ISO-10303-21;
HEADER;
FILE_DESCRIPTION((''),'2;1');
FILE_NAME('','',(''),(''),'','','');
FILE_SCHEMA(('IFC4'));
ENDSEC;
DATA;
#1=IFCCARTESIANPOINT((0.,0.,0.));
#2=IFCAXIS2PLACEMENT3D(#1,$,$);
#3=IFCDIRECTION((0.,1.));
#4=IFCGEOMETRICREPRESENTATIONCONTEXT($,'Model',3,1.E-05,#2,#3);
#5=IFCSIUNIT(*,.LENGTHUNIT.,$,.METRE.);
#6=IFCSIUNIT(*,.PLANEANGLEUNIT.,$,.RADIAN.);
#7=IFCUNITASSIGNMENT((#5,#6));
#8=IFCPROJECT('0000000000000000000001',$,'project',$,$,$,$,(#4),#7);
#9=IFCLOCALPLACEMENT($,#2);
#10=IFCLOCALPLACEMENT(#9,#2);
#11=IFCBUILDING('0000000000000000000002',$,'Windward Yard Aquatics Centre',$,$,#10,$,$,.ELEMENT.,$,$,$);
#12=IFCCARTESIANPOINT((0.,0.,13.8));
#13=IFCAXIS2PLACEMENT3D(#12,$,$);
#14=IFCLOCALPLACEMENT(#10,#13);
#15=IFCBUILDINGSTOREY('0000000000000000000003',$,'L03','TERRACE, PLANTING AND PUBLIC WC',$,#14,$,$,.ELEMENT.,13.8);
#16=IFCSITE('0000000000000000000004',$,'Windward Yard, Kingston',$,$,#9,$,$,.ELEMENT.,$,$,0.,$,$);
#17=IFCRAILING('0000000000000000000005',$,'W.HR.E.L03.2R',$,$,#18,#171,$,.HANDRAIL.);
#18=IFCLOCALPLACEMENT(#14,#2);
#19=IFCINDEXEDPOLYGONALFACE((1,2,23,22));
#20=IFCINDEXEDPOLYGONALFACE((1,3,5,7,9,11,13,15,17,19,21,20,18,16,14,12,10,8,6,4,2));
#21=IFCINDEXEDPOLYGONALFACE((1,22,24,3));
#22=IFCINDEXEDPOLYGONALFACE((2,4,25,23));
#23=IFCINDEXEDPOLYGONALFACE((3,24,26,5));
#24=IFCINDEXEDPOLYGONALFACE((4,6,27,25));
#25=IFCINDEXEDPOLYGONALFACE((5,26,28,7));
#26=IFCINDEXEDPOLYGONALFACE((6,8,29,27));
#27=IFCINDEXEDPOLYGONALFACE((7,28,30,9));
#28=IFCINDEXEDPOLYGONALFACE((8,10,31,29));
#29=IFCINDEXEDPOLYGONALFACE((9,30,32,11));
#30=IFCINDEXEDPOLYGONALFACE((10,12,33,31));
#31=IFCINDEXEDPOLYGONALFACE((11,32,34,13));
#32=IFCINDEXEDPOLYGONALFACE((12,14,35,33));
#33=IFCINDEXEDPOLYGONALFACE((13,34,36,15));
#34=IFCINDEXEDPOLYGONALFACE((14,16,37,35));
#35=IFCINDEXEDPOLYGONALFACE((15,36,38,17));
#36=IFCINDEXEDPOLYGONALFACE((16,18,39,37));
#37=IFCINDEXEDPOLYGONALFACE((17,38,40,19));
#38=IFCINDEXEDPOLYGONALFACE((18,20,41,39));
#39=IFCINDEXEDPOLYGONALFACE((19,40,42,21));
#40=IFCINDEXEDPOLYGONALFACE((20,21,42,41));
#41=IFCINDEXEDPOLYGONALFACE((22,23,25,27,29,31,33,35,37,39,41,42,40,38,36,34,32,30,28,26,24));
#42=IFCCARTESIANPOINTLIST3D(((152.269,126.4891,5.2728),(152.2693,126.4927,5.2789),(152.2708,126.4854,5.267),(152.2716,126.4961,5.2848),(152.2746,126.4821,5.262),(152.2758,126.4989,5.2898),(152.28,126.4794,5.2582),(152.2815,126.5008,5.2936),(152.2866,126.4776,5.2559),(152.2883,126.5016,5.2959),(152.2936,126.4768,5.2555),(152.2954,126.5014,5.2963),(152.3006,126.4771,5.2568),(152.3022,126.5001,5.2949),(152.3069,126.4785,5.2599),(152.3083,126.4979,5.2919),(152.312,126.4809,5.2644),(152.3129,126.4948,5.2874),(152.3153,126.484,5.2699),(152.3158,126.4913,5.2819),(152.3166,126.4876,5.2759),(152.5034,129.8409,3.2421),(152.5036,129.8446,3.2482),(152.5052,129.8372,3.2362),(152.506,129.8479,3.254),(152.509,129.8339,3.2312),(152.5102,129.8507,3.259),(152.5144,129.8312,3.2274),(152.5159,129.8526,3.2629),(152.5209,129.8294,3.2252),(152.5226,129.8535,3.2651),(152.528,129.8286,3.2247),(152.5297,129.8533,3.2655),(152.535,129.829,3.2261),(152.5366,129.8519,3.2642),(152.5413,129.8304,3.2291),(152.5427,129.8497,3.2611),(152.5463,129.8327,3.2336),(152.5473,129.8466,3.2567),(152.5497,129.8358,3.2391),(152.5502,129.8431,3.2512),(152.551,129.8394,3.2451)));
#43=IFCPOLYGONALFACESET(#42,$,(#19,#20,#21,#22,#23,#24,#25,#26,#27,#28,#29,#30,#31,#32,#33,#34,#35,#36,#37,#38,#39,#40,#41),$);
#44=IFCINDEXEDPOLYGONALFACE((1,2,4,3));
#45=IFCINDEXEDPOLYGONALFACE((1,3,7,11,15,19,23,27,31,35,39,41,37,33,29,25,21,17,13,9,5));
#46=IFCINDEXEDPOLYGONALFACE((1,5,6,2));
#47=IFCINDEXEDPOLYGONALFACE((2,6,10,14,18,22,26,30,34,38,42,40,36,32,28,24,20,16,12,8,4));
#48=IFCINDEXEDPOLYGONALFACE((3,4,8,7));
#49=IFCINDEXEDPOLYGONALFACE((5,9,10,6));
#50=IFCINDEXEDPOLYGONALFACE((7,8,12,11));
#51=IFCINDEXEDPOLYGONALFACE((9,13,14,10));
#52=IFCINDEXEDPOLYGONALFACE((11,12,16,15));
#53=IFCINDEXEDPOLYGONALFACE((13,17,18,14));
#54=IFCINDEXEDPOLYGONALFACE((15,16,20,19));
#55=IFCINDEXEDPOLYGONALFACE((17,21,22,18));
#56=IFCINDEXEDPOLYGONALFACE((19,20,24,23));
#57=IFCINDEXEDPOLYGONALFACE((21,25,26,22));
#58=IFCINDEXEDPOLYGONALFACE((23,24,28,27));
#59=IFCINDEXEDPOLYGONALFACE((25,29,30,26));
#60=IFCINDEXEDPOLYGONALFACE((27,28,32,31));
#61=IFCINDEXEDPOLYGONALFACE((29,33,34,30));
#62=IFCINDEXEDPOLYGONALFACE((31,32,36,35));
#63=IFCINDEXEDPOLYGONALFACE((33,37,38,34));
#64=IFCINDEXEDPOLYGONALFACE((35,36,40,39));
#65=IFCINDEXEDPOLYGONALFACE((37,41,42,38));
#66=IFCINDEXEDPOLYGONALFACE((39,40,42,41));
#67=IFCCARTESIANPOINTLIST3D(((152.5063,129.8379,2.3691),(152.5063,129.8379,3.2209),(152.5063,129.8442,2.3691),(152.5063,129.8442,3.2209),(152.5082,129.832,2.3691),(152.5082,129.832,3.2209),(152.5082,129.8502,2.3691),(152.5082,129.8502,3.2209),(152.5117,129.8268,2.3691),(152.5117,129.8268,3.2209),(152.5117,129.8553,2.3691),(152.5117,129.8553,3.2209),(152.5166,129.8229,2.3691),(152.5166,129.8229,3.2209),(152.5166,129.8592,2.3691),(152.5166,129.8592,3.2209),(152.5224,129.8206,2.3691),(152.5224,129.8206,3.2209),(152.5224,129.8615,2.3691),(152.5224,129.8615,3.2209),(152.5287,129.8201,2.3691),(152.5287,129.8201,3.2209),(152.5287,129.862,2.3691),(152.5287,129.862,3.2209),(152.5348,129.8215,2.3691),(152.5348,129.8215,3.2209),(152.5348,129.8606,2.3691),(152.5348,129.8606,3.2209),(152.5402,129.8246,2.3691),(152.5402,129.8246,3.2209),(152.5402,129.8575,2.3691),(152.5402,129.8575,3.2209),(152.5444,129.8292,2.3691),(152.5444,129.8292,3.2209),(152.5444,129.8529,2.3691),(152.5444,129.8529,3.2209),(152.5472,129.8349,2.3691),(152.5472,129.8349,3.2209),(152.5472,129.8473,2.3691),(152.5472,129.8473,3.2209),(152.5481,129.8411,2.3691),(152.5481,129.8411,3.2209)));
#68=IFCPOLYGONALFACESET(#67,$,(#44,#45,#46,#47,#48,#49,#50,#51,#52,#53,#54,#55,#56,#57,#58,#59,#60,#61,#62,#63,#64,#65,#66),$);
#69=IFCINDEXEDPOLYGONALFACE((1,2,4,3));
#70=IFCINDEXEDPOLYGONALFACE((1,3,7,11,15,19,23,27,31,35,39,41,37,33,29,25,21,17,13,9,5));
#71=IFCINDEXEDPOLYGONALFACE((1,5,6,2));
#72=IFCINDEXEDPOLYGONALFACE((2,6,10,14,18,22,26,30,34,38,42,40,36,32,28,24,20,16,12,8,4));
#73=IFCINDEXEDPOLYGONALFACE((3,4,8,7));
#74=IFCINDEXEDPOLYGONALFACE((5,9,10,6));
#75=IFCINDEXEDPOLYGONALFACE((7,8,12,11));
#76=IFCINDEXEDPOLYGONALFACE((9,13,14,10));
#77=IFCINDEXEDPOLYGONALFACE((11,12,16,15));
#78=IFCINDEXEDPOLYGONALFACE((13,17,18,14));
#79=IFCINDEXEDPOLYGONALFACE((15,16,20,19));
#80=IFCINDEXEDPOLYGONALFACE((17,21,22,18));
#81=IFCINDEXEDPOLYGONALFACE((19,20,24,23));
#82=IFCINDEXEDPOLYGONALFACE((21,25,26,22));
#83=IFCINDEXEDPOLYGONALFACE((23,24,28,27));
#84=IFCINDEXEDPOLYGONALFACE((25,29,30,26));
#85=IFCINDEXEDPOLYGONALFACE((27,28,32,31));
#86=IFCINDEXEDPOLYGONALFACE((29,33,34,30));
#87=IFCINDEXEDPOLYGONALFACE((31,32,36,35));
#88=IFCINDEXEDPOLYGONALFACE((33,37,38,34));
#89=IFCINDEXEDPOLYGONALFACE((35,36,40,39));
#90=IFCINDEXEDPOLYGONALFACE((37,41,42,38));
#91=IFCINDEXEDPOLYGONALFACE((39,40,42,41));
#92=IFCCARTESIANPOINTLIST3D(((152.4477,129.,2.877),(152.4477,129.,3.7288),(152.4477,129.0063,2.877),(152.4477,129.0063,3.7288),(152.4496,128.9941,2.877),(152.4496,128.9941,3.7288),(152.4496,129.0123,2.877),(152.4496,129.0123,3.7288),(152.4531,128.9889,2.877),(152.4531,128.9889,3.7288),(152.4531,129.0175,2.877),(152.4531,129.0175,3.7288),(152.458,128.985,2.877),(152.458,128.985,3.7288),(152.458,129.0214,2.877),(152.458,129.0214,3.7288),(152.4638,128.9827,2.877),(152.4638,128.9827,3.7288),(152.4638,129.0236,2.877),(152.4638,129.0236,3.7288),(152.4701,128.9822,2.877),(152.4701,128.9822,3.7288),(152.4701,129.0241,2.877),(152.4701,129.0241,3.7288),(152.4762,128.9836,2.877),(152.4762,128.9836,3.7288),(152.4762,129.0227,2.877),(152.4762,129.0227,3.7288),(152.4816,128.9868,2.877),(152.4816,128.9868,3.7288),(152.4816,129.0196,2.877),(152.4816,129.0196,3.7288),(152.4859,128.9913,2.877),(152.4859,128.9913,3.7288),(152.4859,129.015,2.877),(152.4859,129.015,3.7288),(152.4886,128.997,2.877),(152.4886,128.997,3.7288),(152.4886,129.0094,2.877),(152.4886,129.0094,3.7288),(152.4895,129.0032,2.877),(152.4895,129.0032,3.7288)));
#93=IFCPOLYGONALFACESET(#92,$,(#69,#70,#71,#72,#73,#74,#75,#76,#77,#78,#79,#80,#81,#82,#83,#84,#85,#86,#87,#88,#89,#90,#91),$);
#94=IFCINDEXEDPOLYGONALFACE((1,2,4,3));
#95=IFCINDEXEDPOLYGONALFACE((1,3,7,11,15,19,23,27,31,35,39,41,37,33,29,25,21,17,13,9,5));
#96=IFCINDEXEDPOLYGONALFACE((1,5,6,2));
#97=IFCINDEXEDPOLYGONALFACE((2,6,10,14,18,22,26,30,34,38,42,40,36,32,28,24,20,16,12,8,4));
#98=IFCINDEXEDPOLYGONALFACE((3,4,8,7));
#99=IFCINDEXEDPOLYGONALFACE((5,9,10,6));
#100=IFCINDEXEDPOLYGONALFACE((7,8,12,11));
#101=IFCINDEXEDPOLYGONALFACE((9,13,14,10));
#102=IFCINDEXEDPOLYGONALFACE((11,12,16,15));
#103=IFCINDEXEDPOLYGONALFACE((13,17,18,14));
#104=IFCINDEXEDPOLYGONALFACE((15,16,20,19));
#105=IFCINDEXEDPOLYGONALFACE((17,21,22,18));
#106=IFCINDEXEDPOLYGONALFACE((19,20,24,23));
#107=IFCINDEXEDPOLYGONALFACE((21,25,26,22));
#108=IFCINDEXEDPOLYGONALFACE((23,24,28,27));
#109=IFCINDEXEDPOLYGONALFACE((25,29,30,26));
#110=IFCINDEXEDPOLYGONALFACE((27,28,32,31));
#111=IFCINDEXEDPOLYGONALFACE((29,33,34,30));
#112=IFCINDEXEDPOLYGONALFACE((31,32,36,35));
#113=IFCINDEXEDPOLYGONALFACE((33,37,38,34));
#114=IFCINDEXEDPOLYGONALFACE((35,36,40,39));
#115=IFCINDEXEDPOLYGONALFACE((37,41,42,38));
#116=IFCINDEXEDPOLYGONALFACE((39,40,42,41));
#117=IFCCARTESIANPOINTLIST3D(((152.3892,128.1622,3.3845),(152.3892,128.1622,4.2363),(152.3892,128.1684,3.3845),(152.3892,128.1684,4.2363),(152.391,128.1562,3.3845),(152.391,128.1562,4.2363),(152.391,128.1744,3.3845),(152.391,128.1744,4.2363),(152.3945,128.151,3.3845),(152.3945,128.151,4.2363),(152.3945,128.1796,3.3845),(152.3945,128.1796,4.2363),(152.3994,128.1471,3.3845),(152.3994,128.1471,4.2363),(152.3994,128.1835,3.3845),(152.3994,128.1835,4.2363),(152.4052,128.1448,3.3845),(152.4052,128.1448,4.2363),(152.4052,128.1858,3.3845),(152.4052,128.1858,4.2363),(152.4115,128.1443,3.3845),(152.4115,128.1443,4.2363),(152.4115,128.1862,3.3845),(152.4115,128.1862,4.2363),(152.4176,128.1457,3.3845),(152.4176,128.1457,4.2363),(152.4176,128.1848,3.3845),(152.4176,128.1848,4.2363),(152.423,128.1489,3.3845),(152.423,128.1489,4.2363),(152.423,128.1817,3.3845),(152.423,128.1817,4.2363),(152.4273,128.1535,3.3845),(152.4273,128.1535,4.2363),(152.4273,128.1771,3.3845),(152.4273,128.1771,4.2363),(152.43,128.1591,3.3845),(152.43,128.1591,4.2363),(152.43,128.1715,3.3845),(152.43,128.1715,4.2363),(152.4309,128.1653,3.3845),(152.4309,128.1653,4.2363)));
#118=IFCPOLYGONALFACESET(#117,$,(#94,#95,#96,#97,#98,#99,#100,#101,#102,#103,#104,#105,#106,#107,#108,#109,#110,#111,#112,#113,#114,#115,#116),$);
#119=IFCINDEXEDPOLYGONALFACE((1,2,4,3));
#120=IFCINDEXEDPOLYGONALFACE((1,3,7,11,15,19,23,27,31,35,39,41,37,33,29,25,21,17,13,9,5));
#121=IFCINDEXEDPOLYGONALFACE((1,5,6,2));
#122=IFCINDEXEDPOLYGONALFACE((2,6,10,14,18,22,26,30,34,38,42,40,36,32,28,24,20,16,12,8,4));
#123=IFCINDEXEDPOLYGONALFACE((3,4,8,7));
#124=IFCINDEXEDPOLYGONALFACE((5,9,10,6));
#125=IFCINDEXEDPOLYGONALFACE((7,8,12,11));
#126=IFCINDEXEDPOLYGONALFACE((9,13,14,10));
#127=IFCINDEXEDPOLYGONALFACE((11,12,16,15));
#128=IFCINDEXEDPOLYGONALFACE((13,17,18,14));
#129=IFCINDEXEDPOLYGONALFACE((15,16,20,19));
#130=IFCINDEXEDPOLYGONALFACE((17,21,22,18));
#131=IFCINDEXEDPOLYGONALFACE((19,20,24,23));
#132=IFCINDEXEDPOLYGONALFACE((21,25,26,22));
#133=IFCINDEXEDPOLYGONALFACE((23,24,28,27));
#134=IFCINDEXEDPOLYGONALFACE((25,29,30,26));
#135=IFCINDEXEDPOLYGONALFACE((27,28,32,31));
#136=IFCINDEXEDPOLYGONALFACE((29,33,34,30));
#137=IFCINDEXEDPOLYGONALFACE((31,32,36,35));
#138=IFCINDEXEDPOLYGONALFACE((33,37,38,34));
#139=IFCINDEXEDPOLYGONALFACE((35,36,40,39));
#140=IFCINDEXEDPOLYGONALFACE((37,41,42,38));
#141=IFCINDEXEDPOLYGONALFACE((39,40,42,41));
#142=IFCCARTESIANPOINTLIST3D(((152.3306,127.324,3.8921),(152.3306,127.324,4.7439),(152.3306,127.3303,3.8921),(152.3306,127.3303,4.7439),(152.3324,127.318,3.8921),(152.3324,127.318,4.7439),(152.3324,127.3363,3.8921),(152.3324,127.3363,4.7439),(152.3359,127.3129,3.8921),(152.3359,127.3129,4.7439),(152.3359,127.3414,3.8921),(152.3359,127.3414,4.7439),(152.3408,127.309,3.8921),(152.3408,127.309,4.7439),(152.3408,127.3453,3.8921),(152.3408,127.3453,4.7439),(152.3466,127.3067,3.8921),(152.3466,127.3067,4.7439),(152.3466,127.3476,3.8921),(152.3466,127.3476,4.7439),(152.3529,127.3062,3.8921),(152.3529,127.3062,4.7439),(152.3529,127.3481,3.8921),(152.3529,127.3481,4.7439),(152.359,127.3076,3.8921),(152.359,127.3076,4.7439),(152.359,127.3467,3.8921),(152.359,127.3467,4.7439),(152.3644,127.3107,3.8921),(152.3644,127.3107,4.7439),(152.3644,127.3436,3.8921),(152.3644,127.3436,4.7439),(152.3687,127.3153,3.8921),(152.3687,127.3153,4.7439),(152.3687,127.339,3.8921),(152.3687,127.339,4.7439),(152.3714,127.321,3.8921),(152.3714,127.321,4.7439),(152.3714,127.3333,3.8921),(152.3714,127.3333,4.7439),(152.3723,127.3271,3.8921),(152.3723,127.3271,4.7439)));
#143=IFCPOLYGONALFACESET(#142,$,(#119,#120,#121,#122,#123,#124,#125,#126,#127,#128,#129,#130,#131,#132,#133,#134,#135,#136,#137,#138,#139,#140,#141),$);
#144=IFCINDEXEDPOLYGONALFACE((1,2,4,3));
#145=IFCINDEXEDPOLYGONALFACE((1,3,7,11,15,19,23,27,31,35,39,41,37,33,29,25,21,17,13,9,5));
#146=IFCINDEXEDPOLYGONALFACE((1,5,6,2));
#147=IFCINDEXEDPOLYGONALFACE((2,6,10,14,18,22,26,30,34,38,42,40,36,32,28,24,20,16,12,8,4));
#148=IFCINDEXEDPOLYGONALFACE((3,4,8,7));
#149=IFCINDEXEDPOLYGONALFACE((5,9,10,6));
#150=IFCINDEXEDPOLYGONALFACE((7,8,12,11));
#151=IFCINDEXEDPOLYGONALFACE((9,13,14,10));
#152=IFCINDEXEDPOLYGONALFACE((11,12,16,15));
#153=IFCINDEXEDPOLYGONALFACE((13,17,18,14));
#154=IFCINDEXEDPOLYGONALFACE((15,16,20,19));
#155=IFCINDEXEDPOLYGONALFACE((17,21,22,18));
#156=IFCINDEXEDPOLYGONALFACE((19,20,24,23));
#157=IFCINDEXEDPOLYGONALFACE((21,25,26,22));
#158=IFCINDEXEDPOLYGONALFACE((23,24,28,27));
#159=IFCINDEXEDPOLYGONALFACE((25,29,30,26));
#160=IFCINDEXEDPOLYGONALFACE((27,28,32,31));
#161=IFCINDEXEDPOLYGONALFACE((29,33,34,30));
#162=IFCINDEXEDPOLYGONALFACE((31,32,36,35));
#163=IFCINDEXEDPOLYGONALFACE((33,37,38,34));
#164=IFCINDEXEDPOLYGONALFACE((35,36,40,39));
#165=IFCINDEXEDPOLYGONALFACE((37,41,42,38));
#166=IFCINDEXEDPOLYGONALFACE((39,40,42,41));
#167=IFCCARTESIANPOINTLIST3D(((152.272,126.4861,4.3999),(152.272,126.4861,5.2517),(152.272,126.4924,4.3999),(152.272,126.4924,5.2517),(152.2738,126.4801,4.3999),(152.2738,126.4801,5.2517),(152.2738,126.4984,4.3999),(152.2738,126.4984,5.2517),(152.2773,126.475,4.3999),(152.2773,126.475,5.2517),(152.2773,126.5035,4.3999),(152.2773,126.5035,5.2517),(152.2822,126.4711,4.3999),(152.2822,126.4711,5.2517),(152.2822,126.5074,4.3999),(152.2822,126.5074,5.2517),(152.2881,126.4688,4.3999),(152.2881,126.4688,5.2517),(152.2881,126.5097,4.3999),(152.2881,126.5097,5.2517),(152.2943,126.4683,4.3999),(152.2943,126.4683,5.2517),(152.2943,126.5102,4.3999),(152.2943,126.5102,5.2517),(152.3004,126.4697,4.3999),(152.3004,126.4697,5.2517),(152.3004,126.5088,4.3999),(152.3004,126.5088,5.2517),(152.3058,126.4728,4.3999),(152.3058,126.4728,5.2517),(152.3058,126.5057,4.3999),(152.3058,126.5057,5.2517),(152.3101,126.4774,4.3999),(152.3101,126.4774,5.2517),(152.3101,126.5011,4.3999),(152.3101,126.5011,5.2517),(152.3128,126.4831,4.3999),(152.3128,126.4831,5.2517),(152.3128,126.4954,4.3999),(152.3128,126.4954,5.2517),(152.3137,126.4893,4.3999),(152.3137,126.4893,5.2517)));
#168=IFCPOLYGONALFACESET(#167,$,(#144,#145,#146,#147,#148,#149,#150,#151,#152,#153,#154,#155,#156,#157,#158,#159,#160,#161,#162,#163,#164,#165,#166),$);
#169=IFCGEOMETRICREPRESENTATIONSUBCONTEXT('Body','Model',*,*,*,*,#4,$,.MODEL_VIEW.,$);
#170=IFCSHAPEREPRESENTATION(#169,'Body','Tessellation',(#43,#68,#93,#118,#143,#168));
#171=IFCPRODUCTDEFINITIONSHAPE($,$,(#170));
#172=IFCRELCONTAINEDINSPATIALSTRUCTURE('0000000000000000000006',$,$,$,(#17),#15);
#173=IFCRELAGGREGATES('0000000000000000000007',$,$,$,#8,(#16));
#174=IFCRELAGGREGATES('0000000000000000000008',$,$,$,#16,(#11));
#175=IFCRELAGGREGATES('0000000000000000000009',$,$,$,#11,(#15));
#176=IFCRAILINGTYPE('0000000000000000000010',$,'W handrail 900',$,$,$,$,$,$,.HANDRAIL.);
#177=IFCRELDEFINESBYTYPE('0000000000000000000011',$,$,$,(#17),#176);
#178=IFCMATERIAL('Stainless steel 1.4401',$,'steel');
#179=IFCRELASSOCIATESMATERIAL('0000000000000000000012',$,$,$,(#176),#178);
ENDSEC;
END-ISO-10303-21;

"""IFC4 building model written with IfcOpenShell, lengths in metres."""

from ifc_helpers import new_model, si_unit, direction, frame, origin, origin_2d, place, context, subcontext, project, spatial, circle, extrude, material, type_object, element, save


model = new_model("IFC4")

# Units and contexts
model_context = context("Model", 3, precision=1e-05, world=origin(), true_north=direction((0.0, 1.0)))
body_context = subcontext(model_context, "Body", "Model", "MODEL_VIEW")
ifc_project = project(units=[si_unit("LENGTHUNIT", "METRE"), si_unit("PLANEANGLEUNIT", "RADIAN")], contexts=[model_context])

# Site, building, storey
site_placement = place(None, origin())
site = spatial("IfcSite", under=ifc_project, at=site_placement, Name="Windward Yard, Kingston", CompositionType="ELEMENT", RefElevation=0.0)
building_placement = place(site_placement, origin())
building = spatial("IfcBuilding", under=site, at=building_placement, Name="Windward Yard Aquatics Centre", CompositionType="ELEMENT")
storey_placement = place(building_placement, frame((0.0, 0.0, 13.8)))
storey = spatial("IfcBuildingStorey", under=building, at=storey_placement, Name="L03", Description="TERRACE, PLANTING AND PUBLIC WC", CompositionType="ELEMENT", Elevation=13.8)

# Railing
ifc_material_1 = material(Name="Stainless steel 1.4401", Category="steel")
railing_type_1 = type_object("IfcRailingType", Name="W handrail 900", PredefinedType="HANDRAIL", material=ifc_material_1)
for number, where, name in (
    (1, (152.5271, 129.8411, 2.3691), "W.HR.E.L03.2R"),
):
    element("IfcRailing", number, at=place(storey_placement, frame(where)), inside=storey, type_object=railing_type_1, Name=name, PredefinedType="HANDRAIL", context=body_context, shape_type="SweptSolid", body=[
        extrude(circle(Radius=0.0239, at=origin_2d()), frame((0.0, 0.0, 0.876), z_axis=(-0.059698, -0.853744, 0.517259), x_axis=(0.997564, -0.069755, 0.0)), (0.0, 0.0, 1.0), 3.926),
        extrude(circle(Radius=0.021, at=origin_2d()), origin(), (0.0, 0.0, 1.0), 0.8518),
        extrude(circle(Radius=0.021, at=origin_2d()), frame((-0.0586, -0.8379, 0.5078)), (0.0, 0.0, 1.0), 0.8518),
        extrude(circle(Radius=0.021, at=origin_2d()), frame((-0.1172, -1.6758, 1.0154)), (0.0, 0.0, 1.0), 0.8518),
        extrude(circle(Radius=0.021, at=origin_2d()), frame((-0.1758, -2.5139, 1.5229)), (0.0, 0.0, 1.0), 0.8518),
        extrude(circle(Radius=0.021, at=origin_2d()), frame((-0.2344, -3.3518, 2.0308)), (0.0, 0.0, 1.0), 0.8518),
    ])

save(model, "model.ifc")
